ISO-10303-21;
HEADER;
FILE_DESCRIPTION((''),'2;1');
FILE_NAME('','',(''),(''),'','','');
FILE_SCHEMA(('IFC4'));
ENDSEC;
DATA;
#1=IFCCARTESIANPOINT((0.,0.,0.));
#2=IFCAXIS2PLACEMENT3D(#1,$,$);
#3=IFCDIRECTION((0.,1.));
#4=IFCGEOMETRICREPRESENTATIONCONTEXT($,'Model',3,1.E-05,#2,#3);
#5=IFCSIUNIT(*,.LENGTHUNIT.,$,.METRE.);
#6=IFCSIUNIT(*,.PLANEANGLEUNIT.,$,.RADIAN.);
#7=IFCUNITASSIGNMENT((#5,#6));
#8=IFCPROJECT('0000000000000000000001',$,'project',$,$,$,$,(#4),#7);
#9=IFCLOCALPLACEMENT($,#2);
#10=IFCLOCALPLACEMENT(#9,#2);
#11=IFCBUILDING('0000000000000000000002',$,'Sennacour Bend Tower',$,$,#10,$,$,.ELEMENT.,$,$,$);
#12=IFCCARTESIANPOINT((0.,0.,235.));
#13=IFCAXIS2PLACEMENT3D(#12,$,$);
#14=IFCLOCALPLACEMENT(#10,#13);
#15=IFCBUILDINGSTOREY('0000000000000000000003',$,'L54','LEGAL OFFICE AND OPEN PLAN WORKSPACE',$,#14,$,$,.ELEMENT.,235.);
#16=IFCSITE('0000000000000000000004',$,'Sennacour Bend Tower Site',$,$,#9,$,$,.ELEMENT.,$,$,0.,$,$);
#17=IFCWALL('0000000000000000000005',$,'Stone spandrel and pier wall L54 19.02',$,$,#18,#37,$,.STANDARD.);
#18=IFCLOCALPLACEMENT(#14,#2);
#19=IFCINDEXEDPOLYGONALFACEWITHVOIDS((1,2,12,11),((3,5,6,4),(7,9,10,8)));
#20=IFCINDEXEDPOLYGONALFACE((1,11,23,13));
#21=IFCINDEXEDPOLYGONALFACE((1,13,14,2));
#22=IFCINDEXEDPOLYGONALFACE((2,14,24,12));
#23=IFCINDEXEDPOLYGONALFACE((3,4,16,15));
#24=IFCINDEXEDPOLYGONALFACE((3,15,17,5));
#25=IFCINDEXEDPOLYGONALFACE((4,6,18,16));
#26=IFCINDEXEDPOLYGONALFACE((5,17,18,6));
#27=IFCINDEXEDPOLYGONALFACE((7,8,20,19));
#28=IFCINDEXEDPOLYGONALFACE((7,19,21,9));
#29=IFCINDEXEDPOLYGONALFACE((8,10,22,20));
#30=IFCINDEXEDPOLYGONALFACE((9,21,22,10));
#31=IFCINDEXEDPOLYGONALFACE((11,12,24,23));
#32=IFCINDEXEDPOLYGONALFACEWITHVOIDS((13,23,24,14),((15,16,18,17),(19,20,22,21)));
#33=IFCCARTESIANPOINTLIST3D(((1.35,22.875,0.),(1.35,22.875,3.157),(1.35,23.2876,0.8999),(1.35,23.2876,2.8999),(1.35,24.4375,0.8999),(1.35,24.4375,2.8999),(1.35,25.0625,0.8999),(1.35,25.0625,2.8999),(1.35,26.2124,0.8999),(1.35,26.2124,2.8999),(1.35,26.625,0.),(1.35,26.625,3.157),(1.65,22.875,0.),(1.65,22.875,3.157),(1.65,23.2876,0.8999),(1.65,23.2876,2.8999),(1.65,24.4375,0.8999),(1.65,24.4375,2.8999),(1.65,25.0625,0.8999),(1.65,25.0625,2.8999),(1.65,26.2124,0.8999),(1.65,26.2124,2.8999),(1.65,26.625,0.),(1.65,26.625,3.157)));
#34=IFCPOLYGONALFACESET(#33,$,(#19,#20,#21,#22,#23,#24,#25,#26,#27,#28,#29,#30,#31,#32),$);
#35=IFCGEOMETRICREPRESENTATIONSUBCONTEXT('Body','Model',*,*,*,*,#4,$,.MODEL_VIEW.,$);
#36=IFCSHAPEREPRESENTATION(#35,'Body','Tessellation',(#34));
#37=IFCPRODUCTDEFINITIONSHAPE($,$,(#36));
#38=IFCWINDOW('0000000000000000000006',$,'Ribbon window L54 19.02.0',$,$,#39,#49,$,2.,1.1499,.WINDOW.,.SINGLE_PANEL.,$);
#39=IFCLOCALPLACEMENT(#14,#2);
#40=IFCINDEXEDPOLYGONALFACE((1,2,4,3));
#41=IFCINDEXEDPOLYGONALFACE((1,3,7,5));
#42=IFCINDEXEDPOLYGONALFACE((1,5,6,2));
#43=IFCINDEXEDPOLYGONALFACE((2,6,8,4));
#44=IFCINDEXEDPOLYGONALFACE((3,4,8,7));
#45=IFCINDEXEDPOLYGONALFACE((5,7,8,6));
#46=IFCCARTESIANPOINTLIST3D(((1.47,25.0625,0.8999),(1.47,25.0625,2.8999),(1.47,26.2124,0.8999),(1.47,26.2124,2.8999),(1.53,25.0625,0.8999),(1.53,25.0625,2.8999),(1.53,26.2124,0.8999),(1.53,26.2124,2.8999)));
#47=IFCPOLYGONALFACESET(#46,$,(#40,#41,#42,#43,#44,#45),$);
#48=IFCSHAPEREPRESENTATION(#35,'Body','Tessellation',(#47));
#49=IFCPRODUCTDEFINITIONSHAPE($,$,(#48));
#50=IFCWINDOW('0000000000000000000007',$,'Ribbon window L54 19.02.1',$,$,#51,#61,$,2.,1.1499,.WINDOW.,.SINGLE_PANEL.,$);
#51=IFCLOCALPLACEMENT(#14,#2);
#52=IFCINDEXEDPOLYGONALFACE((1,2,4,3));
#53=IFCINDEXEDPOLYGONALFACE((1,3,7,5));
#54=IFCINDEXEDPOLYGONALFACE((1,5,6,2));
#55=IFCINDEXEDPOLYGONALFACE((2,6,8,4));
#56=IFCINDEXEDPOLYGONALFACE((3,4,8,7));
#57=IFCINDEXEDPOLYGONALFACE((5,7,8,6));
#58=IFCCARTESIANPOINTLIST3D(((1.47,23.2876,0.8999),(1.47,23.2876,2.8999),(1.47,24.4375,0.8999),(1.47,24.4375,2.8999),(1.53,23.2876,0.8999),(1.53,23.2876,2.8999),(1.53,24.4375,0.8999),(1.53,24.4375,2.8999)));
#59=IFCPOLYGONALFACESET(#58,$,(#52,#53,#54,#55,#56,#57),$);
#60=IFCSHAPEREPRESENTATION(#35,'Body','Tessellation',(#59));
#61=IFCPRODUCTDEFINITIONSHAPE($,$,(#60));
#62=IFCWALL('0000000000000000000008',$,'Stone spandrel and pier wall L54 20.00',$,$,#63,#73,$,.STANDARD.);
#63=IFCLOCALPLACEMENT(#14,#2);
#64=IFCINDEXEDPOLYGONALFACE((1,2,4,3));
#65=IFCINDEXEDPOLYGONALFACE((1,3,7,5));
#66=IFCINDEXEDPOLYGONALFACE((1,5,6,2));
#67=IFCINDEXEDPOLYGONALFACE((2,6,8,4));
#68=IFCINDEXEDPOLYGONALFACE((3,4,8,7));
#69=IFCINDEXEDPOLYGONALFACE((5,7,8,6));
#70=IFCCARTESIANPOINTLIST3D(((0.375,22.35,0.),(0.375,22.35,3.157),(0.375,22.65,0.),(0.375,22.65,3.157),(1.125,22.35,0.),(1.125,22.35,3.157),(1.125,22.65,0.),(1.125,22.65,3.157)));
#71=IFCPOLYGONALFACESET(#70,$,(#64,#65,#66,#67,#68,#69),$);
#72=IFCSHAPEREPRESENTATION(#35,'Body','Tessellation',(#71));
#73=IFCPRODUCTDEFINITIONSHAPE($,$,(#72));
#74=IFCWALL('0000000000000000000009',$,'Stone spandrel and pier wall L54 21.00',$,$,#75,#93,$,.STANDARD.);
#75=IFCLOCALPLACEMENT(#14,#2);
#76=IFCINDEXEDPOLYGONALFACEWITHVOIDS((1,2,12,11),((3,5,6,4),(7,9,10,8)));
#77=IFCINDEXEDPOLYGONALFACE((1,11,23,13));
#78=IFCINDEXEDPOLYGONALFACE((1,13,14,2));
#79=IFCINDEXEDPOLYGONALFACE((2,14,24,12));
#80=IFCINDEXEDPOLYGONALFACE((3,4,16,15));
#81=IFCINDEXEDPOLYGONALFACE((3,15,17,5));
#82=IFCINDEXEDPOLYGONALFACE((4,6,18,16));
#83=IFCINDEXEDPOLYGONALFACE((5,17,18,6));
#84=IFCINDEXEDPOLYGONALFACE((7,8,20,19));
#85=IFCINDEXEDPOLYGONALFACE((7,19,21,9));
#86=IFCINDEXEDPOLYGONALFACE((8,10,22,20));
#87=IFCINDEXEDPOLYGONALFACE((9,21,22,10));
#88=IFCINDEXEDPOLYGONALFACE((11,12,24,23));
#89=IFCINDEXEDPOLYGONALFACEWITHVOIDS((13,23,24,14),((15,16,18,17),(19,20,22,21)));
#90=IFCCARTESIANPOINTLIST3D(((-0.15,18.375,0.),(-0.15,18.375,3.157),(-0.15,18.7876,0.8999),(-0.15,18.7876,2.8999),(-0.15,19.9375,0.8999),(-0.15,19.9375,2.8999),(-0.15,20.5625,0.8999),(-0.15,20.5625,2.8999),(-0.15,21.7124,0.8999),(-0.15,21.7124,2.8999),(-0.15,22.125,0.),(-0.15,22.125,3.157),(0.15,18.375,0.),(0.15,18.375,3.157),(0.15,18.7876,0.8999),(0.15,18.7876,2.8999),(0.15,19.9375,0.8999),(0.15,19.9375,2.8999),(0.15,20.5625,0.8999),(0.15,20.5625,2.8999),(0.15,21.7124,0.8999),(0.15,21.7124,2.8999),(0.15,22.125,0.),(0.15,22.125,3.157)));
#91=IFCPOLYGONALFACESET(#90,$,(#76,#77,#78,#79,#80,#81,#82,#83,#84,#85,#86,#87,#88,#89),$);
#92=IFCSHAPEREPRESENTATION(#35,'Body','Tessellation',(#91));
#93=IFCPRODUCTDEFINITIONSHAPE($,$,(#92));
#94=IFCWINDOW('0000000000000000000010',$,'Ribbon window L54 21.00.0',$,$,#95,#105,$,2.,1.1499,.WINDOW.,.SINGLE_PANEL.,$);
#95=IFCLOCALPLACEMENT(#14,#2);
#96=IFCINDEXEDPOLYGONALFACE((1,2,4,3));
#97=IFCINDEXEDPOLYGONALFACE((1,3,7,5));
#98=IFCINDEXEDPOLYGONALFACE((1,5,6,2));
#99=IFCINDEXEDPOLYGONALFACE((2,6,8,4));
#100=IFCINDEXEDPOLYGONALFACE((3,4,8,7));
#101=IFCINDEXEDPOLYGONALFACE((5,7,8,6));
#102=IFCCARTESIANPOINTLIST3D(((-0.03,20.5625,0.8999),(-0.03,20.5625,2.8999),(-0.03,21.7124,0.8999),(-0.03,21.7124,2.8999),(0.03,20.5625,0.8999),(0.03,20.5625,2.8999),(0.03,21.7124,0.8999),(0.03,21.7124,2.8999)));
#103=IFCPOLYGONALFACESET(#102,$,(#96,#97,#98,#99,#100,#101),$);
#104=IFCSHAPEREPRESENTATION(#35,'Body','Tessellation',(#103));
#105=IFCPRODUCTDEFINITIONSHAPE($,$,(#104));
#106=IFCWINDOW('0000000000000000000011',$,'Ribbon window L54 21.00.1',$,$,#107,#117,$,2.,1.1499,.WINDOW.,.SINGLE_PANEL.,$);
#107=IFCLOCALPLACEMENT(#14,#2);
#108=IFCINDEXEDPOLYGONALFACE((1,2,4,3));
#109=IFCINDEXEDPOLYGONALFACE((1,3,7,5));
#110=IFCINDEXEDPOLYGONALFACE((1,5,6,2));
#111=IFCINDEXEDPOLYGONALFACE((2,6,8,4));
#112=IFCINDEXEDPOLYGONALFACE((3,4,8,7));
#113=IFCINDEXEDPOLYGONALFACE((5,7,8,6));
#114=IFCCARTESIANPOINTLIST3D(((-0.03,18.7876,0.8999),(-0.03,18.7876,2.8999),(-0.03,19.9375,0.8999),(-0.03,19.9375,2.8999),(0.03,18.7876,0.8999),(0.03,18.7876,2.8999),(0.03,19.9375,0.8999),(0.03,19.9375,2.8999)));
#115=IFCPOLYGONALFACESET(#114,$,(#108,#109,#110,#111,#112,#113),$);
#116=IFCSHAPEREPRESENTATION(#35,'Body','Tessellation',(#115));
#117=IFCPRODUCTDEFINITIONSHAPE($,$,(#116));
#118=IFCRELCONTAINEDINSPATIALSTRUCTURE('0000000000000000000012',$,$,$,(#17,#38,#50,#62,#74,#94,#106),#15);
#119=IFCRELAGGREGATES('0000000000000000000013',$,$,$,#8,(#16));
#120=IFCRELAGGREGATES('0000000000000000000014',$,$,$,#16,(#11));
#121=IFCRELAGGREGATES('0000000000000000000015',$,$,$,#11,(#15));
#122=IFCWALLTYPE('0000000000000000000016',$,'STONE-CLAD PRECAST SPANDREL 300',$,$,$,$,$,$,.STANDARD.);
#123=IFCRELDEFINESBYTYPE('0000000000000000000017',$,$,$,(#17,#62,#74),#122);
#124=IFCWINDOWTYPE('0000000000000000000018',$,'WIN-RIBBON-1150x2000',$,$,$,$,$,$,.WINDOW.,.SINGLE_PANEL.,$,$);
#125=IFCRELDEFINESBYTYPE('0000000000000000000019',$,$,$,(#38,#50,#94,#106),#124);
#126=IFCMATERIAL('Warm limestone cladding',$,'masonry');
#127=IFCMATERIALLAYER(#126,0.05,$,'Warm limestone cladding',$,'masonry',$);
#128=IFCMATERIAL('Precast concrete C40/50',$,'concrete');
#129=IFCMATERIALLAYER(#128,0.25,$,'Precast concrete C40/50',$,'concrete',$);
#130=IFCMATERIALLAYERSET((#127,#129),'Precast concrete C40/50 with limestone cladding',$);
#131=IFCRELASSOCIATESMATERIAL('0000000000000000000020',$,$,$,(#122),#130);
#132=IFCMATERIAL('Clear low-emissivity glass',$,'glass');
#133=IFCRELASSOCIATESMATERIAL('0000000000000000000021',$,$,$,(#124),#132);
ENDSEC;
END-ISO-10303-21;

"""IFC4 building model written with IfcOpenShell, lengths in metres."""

from ifc_helpers import new_model, si_unit, direction, frame, frame_2d, origin, place, context, subcontext, project, spatial, rectangle, extrude, material, layer, layer_set, type_object, element, fill, save


model = new_model("IFC4")

# Units and contexts
model_context = context("Model", 3, precision=1e-05, world=origin(), true_north=direction((0.0, 1.0)))
body_context = subcontext(model_context, "Body", "Model", "MODEL_VIEW")
ifc_project = project(units=[si_unit("LENGTHUNIT", "METRE"), si_unit("PLANEANGLEUNIT", "RADIAN")], contexts=[model_context])

# Site, building, storey
site_placement = place(None, origin())
site = spatial("IfcSite", under=ifc_project, at=site_placement, Name="Sennacour Bend Tower Site", CompositionType="ELEMENT", RefElevation=0.0)
building_placement = place(site_placement, origin())
building = spatial("IfcBuilding", under=site, at=building_placement, Name="Sennacour Bend Tower", CompositionType="ELEMENT")
storey_placement = place(building_placement, frame((0.0, 0.0, 235.0)))
storey = spatial("IfcBuildingStorey", under=building, at=storey_placement, Name="L54", Description="LEGAL OFFICE AND OPEN PLAN WORKSPACE", CompositionType="ELEMENT", Elevation=235.0)

# Wall, openings, windows
ifc_material_1 = material(Name="Warm limestone cladding", Category="masonry")
ifc_layer_1 = layer(ifc_material_1, 0.05, Name="Warm limestone cladding", Category="masonry")
ifc_material_2 = material(Name="Precast concrete C40/50", Category="concrete")
ifc_layer_2 = layer(ifc_material_2, 0.25, Name="Precast concrete C40/50", Category="concrete")
ifc_layer_set_1 = layer_set([ifc_layer_1, ifc_layer_2], Name="Precast concrete C40/50 with limestone cladding")
wall_type_1 = type_object("IfcWallType", Name="STONE-CLAD PRECAST SPANDREL 300", PredefinedType="STANDARD", material=ifc_layer_set_1)
wall_1_placement = place(storey_placement, frame((1.5, 26.625, 0.0), z_axis=(0.0, 0.0, 1.0), x_axis=(0.0, -1.0, 0.0)))
wall_1 = element("IfcWall", 1, at=wall_1_placement, inside=storey, type_object=wall_type_1, Name="Stone spandrel and pier wall L54 19.02", PredefinedType="STANDARD", context=body_context, shape_type="SweptSolid", body=[
    extrude(rectangle(XDim=3.75, YDim=0.3, at=frame_2d((1.875, 0.0))), origin(), (0.0, 0.0, 1.0), 3.157),
])
opening_1_placement = place(wall_1_placement, frame((0.4126, 0.0, 0.8999)))
opening_1 = element("IfcOpeningElement", 2, at=opening_1_placement, cuts=wall_1, PredefinedType="OPENING", context=body_context, shape_type="SweptSolid", body=[
    extrude(rectangle(XDim=1.1499, YDim=2.0, at=frame_2d((0.575, 1.0))), frame((0.0, 0.1602, 0.0), z_axis=(0.0, -1.0, 0.0), x_axis=(1.0, 0.0, 0.0)), (0.0, 0.0, 1.0), 0.3201),
])
opening_2_placement = place(wall_1_placement, frame((2.1875, 0.0, 0.8999)))
opening_2 = element("IfcOpeningElement", 3, at=opening_2_placement, cuts=wall_1, PredefinedType="OPENING", context=body_context, shape_type="SweptSolid", body=[
    extrude(rectangle(XDim=1.1499, YDim=2.0, at=frame_2d((0.575, 1.0))), frame((0.0, 0.1602, 0.0), z_axis=(0.0, -1.0, 0.0), x_axis=(1.0, 0.0, 0.0)), (0.0, 0.0, 1.0), 0.3201),
])
ifc_material_3 = material(Name="Clear low-emissivity glass", Category="glass")
window_type = type_object("IfcWindowType", Name="WIN-RIBBON-1150x2000", PartitioningType="SINGLE_PANEL", PredefinedType="WINDOW", material=ifc_material_3)
window_1_placement = place(opening_1_placement, origin())
window_1 = element("IfcWindow", 4, at=window_1_placement, inside=storey, type_object=window_type, Name="Ribbon window L54 19.02.0", OverallHeight=2.0, OverallWidth=1.1499, PartitioningType="SINGLE_PANEL", PredefinedType="WINDOW", context=body_context, shape_type="SweptSolid", body=[
    extrude(rectangle(XDim=1.1499, YDim=2.0, at=frame_2d((0.575, 1.0))), frame((0.0, 0.03, 0.0), z_axis=(0.0, -1.0, 0.0), x_axis=(1.0, 0.0, 0.0)), (0.0, 0.0, 1.0), 0.0601),
])
fill(opening_1, window_1)
window_2_placement = place(opening_2_placement, origin())
window_2 = element("IfcWindow", 5, at=window_2_placement, inside=storey, type_object=window_type, Name="Ribbon window L54 19.02.1", OverallHeight=2.0, OverallWidth=1.1499, PartitioningType="SINGLE_PANEL", PredefinedType="WINDOW", context=body_context, shape_type="SweptSolid", body=[
    extrude(rectangle(XDim=1.1499, YDim=2.0, at=frame_2d((0.575, 1.0))), frame((0.0, 0.03, 0.0), z_axis=(0.0, -1.0, 0.0), x_axis=(1.0, 0.0, 0.0)), (0.0, 0.0, 1.0), 0.0601),
])
fill(opening_2, window_2)

# Wall
wall_2_placement = place(storey_placement, frame((1.125, 22.5, 0.0), z_axis=(0.0, 0.0, 1.0), x_axis=(-1.0, 0.0, 0.0)))
element("IfcWall", 6, at=wall_2_placement, inside=storey, type_object=wall_type_1, Name="Stone spandrel and pier wall L54 20.00", PredefinedType="STANDARD", context=body_context, shape_type="SweptSolid", body=[
    extrude(rectangle(XDim=0.75, YDim=0.3, at=frame_2d((0.375, 0.0))), origin(), (0.0, 0.0, 1.0), 3.157),
])

# Wall, openings, windows
wall_3_placement = place(storey_placement, frame((0.0, 22.125, 0.0), z_axis=(0.0, 0.0, 1.0), x_axis=(0.0, -1.0, 0.0)))
wall_3 = element("IfcWall", 7, at=wall_3_placement, inside=storey, type_object=wall_type_1, Name="Stone spandrel and pier wall L54 21.00", PredefinedType="STANDARD", context=body_context, shape_type="SweptSolid", body=[
    extrude(rectangle(XDim=3.75, YDim=0.3, at=frame_2d((1.875, 0.0))), origin(), (0.0, 0.0, 1.0), 3.157),
])
opening_3_placement = place(wall_3_placement, frame((0.4126, 0.0, 0.8999)))
opening_3 = element("IfcOpeningElement", 8, at=opening_3_placement, cuts=wall_3, PredefinedType="OPENING", context=body_context, shape_type="SweptSolid", body=[
    extrude(rectangle(XDim=1.1499, YDim=2.0, at=frame_2d((0.575, 1.0))), frame((0.0, 0.1602, 0.0), z_axis=(0.0, -1.0, 0.0), x_axis=(1.0, 0.0, 0.0)), (0.0, 0.0, 1.0), 0.3201),
])
opening_4_placement = place(wall_3_placement, frame((2.1875, 0.0, 0.8999)))
opening_4 = element("IfcOpeningElement", 9, at=opening_4_placement, cuts=wall_3, PredefinedType="OPENING", context=body_context, shape_type="SweptSolid", body=[
    extrude(rectangle(XDim=1.1499, YDim=2.0, at=frame_2d((0.575, 1.0))), frame((0.0, 0.1602, 0.0), z_axis=(0.0, -1.0, 0.0), x_axis=(1.0, 0.0, 0.0)), (0.0, 0.0, 1.0), 0.3201),
])
window_3_placement = place(opening_3_placement, origin())
window_3 = element("IfcWindow", 10, at=window_3_placement, inside=storey, type_object=window_type, Name="Ribbon window L54 21.00.0", OverallHeight=2.0, OverallWidth=1.1499, PartitioningType="SINGLE_PANEL", PredefinedType="WINDOW", context=body_context, shape_type="SweptSolid", body=[
    extrude(rectangle(XDim=1.1499, YDim=2.0, at=frame_2d((0.575, 1.0))), frame((0.0, 0.03, 0.0), z_axis=(0.0, -1.0, 0.0), x_axis=(1.0, 0.0, 0.0)), (0.0, 0.0, 1.0), 0.0601),
])
fill(opening_3, window_3)
window_4_placement = place(opening_4_placement, origin())
window_4 = element("IfcWindow", 11, at=window_4_placement, inside=storey, type_object=window_type, Name="Ribbon window L54 21.00.1", OverallHeight=2.0, OverallWidth=1.1499, PartitioningType="SINGLE_PANEL", PredefinedType="WINDOW", context=body_context, shape_type="SweptSolid", body=[
    extrude(rectangle(XDim=1.1499, YDim=2.0, at=frame_2d((0.575, 1.0))), frame((0.0, 0.03, 0.0), z_axis=(0.0, -1.0, 0.0), x_axis=(1.0, 0.0, 0.0)), (0.0, 0.0, 1.0), 0.0601),
])
fill(opening_4, window_4)

save(model, "model.ifc")
